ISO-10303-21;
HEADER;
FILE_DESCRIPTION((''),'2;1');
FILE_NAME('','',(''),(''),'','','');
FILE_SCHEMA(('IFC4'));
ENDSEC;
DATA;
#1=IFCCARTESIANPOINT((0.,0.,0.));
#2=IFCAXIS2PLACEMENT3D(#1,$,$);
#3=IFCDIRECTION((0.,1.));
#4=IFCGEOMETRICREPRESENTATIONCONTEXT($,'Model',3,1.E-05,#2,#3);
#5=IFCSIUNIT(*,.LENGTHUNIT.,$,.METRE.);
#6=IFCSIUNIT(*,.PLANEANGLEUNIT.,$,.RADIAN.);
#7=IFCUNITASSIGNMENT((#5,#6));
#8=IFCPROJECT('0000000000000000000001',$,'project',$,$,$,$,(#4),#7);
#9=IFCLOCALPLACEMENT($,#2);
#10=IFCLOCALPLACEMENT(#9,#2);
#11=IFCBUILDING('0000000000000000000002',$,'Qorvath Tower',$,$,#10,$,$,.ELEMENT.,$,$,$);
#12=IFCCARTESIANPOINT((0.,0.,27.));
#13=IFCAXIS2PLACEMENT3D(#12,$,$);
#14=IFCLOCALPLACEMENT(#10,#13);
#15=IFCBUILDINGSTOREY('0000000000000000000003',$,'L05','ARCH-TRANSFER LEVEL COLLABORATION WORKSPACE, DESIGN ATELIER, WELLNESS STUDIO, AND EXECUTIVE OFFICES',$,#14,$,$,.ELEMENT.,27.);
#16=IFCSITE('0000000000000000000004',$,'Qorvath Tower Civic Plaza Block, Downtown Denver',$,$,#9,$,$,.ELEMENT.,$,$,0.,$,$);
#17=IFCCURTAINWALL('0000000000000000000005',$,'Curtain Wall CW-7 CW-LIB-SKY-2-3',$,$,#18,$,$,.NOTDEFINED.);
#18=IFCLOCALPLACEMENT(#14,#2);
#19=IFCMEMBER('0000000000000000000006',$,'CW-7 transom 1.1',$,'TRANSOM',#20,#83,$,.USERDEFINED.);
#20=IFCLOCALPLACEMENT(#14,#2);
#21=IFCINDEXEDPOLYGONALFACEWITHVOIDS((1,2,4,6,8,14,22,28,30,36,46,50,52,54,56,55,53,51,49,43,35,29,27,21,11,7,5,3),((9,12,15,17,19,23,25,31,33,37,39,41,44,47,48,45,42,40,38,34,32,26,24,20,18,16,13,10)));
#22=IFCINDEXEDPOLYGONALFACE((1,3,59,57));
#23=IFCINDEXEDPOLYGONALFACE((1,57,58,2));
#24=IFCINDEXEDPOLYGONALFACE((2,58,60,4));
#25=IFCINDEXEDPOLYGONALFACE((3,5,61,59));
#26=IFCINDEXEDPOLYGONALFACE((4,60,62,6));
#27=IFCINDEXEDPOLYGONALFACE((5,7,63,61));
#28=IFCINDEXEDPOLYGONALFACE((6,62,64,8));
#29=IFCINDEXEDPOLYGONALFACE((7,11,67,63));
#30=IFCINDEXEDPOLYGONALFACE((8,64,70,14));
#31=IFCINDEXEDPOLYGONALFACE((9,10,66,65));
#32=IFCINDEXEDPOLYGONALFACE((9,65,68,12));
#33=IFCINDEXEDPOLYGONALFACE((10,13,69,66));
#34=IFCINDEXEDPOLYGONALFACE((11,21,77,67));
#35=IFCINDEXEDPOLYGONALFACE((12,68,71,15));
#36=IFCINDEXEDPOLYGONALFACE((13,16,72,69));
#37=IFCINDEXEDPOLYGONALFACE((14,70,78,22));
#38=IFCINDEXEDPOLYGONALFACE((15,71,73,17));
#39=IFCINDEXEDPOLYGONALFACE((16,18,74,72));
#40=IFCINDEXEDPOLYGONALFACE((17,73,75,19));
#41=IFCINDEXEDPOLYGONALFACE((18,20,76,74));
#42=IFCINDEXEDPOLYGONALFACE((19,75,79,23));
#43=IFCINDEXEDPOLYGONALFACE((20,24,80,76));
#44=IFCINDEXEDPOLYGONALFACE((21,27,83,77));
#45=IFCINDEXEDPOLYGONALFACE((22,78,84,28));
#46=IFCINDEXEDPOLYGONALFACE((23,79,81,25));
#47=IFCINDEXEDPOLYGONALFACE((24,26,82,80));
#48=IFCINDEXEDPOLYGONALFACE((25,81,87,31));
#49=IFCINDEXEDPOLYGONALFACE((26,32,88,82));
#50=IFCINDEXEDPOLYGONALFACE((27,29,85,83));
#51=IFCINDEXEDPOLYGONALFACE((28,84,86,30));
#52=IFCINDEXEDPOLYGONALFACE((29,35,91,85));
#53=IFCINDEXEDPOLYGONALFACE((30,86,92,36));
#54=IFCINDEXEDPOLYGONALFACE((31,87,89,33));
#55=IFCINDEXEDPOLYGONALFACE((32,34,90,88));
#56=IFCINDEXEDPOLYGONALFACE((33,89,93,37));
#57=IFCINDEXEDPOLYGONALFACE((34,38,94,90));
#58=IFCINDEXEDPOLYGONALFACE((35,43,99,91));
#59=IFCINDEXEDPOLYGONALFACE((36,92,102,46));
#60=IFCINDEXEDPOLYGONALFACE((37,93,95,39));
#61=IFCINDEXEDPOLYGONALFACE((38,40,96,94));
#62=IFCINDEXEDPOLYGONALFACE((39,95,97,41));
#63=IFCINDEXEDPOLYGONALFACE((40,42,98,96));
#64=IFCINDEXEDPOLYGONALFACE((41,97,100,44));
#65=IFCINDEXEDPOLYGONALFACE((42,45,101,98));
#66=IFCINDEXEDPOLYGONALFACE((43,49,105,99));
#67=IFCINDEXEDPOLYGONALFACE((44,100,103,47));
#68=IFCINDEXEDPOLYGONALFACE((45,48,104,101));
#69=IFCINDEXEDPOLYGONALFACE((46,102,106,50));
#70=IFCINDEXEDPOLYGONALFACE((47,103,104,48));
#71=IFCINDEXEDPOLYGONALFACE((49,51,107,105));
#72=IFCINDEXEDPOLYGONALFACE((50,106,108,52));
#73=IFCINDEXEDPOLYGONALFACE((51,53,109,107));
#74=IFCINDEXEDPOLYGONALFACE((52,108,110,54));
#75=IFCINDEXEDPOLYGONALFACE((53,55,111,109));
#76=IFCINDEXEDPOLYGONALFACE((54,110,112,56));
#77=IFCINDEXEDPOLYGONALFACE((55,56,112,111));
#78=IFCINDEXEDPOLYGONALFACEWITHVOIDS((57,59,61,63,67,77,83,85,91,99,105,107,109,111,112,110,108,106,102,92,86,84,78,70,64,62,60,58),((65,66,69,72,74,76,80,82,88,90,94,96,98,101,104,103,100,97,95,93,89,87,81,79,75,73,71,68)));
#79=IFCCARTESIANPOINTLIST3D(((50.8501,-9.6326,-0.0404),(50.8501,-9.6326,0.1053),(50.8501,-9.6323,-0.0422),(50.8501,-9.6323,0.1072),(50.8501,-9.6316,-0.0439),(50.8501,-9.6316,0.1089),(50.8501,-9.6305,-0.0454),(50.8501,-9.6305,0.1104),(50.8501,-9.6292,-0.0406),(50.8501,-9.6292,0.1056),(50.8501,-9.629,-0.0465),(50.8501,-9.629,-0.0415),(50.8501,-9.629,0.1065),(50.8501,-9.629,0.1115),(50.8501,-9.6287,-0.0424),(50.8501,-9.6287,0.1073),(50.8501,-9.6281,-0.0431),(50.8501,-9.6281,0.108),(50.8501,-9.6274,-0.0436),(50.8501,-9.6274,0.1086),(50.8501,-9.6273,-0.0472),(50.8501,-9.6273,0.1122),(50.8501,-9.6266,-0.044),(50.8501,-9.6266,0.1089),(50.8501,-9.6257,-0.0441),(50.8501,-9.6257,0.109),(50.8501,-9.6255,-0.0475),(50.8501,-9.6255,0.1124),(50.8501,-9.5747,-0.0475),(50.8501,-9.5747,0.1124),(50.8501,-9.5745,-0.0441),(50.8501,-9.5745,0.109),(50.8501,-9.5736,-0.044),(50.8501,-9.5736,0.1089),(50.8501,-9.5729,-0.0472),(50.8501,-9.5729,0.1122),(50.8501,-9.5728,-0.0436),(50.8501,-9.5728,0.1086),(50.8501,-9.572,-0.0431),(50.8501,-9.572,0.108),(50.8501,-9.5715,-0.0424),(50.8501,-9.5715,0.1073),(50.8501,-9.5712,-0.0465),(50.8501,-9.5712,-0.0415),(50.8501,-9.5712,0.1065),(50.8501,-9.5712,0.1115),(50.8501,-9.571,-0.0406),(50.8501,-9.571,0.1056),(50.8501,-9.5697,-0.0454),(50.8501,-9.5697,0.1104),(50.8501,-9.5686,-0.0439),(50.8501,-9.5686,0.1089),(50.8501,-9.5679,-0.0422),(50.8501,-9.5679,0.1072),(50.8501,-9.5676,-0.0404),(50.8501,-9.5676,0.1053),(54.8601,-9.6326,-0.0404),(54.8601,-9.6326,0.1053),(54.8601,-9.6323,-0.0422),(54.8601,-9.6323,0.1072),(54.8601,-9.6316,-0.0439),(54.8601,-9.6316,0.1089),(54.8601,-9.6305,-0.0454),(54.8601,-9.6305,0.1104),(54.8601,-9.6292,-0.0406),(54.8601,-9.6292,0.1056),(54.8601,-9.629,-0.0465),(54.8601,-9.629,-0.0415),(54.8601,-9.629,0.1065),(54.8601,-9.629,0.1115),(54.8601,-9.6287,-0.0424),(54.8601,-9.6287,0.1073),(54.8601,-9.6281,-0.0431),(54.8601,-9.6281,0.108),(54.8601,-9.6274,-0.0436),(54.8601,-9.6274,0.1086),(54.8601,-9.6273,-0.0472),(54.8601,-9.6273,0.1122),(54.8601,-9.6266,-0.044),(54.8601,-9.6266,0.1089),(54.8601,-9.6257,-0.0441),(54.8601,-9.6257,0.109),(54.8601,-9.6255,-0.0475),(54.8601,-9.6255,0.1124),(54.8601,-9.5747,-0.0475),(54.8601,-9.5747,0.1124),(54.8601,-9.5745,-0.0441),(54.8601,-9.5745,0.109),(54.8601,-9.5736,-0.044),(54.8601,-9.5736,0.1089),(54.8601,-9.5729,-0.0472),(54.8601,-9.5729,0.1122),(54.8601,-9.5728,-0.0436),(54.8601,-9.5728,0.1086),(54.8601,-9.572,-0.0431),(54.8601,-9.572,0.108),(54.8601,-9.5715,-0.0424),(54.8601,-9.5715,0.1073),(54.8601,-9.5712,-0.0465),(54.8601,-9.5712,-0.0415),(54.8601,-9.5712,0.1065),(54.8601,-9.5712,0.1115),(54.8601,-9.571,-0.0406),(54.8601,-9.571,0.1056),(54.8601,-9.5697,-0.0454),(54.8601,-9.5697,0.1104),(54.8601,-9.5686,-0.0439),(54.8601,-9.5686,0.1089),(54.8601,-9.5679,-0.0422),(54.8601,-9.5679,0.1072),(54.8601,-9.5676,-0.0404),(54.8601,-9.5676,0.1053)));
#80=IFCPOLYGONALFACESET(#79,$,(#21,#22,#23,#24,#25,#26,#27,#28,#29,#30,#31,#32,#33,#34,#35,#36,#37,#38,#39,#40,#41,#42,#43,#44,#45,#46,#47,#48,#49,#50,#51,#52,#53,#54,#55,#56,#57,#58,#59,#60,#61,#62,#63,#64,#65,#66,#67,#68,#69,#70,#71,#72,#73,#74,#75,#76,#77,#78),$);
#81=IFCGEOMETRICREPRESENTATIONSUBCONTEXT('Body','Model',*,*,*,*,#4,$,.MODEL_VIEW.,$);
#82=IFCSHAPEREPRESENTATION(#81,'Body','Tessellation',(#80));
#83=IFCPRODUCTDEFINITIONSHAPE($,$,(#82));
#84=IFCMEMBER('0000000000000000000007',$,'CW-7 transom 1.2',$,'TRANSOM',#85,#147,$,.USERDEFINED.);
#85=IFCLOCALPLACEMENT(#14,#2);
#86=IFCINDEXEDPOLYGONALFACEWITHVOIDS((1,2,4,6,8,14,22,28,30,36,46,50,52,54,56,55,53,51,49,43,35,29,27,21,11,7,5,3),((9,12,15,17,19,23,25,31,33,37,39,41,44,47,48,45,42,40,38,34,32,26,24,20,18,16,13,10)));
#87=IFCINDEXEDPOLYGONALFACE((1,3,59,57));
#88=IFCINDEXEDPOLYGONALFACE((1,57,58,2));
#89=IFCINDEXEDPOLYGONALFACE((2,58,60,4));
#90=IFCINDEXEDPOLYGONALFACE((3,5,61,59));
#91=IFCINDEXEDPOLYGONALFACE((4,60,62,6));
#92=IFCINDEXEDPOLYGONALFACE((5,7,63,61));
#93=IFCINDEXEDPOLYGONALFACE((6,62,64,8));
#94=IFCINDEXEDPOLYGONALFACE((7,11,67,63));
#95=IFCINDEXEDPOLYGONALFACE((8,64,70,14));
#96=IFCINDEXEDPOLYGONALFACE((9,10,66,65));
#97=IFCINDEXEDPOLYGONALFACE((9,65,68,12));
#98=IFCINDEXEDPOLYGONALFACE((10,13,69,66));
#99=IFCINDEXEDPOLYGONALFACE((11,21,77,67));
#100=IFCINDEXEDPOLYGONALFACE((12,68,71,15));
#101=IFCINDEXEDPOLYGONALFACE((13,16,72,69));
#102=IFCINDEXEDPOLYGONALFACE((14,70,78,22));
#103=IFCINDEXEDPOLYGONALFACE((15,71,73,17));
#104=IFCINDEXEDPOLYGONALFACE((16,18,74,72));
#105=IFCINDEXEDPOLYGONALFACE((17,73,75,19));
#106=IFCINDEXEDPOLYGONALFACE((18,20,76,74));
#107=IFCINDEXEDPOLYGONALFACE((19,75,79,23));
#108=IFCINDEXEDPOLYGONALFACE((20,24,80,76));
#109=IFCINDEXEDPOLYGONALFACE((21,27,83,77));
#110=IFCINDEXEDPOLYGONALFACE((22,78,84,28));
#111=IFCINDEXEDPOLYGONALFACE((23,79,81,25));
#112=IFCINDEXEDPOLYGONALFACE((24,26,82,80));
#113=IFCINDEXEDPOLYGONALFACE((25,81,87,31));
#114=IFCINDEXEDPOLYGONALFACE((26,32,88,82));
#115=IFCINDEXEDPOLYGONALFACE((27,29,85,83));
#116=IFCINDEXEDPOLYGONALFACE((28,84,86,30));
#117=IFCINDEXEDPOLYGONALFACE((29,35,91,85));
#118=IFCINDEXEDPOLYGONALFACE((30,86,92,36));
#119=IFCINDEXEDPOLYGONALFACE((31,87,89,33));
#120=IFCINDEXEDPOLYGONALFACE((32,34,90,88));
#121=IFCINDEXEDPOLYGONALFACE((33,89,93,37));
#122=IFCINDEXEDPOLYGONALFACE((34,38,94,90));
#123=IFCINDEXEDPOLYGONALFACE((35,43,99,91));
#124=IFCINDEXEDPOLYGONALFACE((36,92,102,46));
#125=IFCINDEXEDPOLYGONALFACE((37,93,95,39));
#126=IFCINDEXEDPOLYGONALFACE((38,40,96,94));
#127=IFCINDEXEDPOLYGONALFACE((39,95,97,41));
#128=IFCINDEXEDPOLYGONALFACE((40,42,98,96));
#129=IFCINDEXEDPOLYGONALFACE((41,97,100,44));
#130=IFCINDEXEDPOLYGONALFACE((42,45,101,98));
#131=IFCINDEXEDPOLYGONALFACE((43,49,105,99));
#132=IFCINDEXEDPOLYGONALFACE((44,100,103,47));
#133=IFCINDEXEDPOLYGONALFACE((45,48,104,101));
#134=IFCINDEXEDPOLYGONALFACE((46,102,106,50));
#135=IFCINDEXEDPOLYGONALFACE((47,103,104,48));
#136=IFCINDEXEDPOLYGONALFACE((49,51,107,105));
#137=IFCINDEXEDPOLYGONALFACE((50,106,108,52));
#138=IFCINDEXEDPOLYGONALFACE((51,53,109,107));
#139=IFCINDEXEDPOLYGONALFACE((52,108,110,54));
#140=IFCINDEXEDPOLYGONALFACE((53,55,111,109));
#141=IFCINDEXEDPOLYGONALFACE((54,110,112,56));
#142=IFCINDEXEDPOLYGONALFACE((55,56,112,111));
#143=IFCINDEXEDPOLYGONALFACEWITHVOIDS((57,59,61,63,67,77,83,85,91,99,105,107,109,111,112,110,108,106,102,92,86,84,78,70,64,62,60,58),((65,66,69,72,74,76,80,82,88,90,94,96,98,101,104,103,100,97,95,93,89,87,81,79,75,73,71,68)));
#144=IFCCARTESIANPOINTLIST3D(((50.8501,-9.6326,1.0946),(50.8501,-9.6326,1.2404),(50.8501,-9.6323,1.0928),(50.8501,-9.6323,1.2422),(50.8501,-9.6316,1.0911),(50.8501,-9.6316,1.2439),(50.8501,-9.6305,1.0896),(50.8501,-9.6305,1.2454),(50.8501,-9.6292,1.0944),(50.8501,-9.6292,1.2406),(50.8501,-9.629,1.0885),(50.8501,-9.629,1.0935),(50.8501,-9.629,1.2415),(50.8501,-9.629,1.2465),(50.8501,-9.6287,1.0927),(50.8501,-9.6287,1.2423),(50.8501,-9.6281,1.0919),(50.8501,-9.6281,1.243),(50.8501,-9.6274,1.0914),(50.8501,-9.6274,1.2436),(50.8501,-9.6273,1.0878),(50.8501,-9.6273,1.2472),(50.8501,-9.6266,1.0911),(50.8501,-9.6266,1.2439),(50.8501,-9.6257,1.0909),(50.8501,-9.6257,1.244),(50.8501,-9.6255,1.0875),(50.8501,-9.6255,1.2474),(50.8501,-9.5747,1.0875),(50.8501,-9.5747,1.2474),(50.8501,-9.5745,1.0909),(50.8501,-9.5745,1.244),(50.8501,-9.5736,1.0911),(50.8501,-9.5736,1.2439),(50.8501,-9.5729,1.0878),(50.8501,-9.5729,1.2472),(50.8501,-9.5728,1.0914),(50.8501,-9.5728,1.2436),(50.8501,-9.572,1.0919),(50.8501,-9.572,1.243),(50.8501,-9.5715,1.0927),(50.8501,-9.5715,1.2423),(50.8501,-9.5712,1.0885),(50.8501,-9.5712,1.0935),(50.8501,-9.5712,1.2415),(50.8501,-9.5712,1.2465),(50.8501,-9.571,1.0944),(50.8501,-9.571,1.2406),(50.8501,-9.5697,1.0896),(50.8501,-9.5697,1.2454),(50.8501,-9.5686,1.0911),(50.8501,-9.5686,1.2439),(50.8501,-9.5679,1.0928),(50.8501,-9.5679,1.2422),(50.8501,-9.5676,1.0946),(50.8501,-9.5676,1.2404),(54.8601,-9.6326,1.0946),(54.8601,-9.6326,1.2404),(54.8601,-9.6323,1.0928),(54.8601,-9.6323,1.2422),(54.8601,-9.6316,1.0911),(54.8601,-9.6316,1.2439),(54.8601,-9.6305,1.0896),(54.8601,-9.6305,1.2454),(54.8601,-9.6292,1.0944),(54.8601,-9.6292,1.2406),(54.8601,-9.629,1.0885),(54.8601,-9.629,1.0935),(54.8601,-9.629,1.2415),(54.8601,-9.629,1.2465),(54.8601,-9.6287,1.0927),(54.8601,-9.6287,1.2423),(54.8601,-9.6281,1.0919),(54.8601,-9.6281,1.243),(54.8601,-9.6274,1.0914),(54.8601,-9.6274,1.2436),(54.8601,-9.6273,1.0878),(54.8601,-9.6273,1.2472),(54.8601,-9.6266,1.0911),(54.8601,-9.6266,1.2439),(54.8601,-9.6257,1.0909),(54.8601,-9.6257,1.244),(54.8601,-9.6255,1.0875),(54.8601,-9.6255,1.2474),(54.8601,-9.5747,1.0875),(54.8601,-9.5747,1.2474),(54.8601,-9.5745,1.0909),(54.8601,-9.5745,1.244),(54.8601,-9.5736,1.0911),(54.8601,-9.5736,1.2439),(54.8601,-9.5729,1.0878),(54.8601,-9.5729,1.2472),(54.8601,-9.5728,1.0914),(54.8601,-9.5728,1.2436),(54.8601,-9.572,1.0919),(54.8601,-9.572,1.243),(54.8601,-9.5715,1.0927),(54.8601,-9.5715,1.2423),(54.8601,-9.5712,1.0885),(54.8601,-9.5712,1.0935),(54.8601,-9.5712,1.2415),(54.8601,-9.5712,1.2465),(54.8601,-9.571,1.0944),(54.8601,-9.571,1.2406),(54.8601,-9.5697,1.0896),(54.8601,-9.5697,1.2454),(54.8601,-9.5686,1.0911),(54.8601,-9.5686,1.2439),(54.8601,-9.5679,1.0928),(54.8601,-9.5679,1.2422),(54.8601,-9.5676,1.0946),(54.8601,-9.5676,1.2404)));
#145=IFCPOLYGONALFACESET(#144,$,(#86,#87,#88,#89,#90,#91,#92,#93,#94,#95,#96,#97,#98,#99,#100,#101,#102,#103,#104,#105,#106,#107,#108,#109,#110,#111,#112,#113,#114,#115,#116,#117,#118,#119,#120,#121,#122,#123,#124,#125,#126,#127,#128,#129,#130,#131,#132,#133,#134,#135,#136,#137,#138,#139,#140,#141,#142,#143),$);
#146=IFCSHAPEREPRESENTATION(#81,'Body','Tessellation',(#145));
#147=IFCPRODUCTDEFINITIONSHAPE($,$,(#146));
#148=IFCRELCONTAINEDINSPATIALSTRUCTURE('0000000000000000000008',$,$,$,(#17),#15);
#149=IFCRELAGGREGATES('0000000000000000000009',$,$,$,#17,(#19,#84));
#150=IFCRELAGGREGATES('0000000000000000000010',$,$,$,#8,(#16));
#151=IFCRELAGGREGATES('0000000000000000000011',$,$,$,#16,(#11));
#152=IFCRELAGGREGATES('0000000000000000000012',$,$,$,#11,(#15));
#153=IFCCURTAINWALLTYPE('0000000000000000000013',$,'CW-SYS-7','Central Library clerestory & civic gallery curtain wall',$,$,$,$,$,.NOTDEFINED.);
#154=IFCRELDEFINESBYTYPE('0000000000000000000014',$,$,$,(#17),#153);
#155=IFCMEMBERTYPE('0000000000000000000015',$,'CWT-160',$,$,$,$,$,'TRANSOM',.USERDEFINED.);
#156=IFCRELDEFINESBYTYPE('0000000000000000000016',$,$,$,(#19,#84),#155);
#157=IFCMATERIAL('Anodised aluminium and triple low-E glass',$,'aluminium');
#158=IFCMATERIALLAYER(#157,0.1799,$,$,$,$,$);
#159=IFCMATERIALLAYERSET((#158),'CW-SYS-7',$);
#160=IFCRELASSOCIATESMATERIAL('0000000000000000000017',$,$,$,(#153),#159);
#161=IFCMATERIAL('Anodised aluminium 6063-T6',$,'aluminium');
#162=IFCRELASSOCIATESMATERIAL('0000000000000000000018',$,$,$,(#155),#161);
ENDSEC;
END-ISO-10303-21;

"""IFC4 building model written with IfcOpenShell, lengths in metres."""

from ifc_helpers import new_model, si_unit, direction, frame, origin, origin_2d, place, context, subcontext, project, spatial, hollow_rectangle, extrude, material, layer, layer_set, material_profile, profile_set, type_object, element, aggregate, save


model = new_model("IFC4")

# Units and contexts
model_context = context("Model", 3, precision=1e-05, world=origin(), true_north=direction((0.0, 1.0)))
body_context = subcontext(model_context, "Body", "Model", "MODEL_VIEW")
ifc_project = project(units=[si_unit("LENGTHUNIT", "METRE"), si_unit("PLANEANGLEUNIT", "RADIAN")], contexts=[model_context])

# Site, building, storey
site_placement = place(None, origin())
site = spatial("IfcSite", under=ifc_project, at=site_placement, Name="Qorvath Tower Civic Plaza Block, Downtown Denver", CompositionType="ELEMENT", RefElevation=0.0)
building_placement = place(site_placement, origin())
building = spatial("IfcBuilding", under=site, at=building_placement, Name="Qorvath Tower", CompositionType="ELEMENT")
storey_placement = place(building_placement, frame((0.0, 0.0, 27.0)))
storey = spatial("IfcBuildingStorey", under=building, at=storey_placement, Name="L05", Description="ARCH-TRANSFER LEVEL COLLABORATION WORKSPACE, DESIGN ATELIER, WELLNESS STUDIO, AND EXECUTIVE OFFICES", CompositionType="ELEMENT", Elevation=27.0)

# Curtain wall
ifc_material_1 = material(Name="Anodised aluminium and triple low-E glass", Category="aluminium")
ifc_layer_1 = layer(ifc_material_1, 0.1799)
ifc_layer_set_1 = layer_set([ifc_layer_1], Name="CW-SYS-7")
curtain_wall_type = type_object("IfcCurtainWallType", Name="CW-SYS-7", Description="Central Library clerestory & civic gallery curtain wall", PredefinedType="NOTDEFINED", material=ifc_layer_set_1)
curtain_wall_1_placement = place(storey_placement, origin())
curtain_wall_1 = element("IfcCurtainWall", 1, at=curtain_wall_1_placement, inside=storey, type_object=curtain_wall_type, Name="Curtain Wall CW-7 CW-LIB-SKY-2-3", PredefinedType="NOTDEFINED")

# Members
ifc_material_2 = material(Name="Anodised aluminium 6063-T6", Category="aluminium")
ifc_material_profile_1 = material_profile(ifc_material_2, hollow_rectangle(XDim=0.0649, YDim=0.1599, WallThickness=0.0034, InnerFilletRadius=0.0034, OuterFilletRadius=0.0071, at=origin_2d()), Name="CWT 160x65")
ifc_profile_set_1 = profile_set([ifc_material_profile_1], Name="Anodised aluminium 6063-T6")
member_type_1 = type_object("IfcMemberType", Name="CWT-160", ElementType="TRANSOM", PredefinedType="USERDEFINED", material=ifc_profile_set_1)
member_1_placement = place(storey_placement, frame((50.8501, -9.6001, 0.0325), z_axis=(1.0, 0.0, 0.0), x_axis=(0.0, 1.0, 0.0)))
member_1 = element("IfcMember", 2, at=member_1_placement, type_object=member_type_1, Name="CW-7 transom 1.1", ObjectType="TRANSOM", PredefinedType="USERDEFINED", context=body_context, shape_type="SweptSolid", body=[
    extrude(hollow_rectangle(XDim=0.0649, YDim=0.1599, WallThickness=0.0034, InnerFilletRadius=0.0034, OuterFilletRadius=0.0071, at=origin_2d()), origin(), (0.0, 0.0, 1.0), 4.01),
])
member_2_placement = place(storey_placement, frame((50.8501, -9.6001, 1.1675), z_axis=(1.0, 0.0, 0.0), x_axis=(0.0, 1.0, 0.0)))
member_2 = element("IfcMember", 3, at=member_2_placement, type_object=member_type_1, Name="CW-7 transom 1.2", ObjectType="TRANSOM", PredefinedType="USERDEFINED", context=body_context, shape_type="SweptSolid", body=[
    extrude(hollow_rectangle(XDim=0.0649, YDim=0.1599, WallThickness=0.0034, InnerFilletRadius=0.0034, OuterFilletRadius=0.0071, at=origin_2d()), origin(), (0.0, 0.0, 1.0), 4.01),
])

aggregate(curtain_wall_1, [member_1, member_2])

save(model, "model.ifc")
